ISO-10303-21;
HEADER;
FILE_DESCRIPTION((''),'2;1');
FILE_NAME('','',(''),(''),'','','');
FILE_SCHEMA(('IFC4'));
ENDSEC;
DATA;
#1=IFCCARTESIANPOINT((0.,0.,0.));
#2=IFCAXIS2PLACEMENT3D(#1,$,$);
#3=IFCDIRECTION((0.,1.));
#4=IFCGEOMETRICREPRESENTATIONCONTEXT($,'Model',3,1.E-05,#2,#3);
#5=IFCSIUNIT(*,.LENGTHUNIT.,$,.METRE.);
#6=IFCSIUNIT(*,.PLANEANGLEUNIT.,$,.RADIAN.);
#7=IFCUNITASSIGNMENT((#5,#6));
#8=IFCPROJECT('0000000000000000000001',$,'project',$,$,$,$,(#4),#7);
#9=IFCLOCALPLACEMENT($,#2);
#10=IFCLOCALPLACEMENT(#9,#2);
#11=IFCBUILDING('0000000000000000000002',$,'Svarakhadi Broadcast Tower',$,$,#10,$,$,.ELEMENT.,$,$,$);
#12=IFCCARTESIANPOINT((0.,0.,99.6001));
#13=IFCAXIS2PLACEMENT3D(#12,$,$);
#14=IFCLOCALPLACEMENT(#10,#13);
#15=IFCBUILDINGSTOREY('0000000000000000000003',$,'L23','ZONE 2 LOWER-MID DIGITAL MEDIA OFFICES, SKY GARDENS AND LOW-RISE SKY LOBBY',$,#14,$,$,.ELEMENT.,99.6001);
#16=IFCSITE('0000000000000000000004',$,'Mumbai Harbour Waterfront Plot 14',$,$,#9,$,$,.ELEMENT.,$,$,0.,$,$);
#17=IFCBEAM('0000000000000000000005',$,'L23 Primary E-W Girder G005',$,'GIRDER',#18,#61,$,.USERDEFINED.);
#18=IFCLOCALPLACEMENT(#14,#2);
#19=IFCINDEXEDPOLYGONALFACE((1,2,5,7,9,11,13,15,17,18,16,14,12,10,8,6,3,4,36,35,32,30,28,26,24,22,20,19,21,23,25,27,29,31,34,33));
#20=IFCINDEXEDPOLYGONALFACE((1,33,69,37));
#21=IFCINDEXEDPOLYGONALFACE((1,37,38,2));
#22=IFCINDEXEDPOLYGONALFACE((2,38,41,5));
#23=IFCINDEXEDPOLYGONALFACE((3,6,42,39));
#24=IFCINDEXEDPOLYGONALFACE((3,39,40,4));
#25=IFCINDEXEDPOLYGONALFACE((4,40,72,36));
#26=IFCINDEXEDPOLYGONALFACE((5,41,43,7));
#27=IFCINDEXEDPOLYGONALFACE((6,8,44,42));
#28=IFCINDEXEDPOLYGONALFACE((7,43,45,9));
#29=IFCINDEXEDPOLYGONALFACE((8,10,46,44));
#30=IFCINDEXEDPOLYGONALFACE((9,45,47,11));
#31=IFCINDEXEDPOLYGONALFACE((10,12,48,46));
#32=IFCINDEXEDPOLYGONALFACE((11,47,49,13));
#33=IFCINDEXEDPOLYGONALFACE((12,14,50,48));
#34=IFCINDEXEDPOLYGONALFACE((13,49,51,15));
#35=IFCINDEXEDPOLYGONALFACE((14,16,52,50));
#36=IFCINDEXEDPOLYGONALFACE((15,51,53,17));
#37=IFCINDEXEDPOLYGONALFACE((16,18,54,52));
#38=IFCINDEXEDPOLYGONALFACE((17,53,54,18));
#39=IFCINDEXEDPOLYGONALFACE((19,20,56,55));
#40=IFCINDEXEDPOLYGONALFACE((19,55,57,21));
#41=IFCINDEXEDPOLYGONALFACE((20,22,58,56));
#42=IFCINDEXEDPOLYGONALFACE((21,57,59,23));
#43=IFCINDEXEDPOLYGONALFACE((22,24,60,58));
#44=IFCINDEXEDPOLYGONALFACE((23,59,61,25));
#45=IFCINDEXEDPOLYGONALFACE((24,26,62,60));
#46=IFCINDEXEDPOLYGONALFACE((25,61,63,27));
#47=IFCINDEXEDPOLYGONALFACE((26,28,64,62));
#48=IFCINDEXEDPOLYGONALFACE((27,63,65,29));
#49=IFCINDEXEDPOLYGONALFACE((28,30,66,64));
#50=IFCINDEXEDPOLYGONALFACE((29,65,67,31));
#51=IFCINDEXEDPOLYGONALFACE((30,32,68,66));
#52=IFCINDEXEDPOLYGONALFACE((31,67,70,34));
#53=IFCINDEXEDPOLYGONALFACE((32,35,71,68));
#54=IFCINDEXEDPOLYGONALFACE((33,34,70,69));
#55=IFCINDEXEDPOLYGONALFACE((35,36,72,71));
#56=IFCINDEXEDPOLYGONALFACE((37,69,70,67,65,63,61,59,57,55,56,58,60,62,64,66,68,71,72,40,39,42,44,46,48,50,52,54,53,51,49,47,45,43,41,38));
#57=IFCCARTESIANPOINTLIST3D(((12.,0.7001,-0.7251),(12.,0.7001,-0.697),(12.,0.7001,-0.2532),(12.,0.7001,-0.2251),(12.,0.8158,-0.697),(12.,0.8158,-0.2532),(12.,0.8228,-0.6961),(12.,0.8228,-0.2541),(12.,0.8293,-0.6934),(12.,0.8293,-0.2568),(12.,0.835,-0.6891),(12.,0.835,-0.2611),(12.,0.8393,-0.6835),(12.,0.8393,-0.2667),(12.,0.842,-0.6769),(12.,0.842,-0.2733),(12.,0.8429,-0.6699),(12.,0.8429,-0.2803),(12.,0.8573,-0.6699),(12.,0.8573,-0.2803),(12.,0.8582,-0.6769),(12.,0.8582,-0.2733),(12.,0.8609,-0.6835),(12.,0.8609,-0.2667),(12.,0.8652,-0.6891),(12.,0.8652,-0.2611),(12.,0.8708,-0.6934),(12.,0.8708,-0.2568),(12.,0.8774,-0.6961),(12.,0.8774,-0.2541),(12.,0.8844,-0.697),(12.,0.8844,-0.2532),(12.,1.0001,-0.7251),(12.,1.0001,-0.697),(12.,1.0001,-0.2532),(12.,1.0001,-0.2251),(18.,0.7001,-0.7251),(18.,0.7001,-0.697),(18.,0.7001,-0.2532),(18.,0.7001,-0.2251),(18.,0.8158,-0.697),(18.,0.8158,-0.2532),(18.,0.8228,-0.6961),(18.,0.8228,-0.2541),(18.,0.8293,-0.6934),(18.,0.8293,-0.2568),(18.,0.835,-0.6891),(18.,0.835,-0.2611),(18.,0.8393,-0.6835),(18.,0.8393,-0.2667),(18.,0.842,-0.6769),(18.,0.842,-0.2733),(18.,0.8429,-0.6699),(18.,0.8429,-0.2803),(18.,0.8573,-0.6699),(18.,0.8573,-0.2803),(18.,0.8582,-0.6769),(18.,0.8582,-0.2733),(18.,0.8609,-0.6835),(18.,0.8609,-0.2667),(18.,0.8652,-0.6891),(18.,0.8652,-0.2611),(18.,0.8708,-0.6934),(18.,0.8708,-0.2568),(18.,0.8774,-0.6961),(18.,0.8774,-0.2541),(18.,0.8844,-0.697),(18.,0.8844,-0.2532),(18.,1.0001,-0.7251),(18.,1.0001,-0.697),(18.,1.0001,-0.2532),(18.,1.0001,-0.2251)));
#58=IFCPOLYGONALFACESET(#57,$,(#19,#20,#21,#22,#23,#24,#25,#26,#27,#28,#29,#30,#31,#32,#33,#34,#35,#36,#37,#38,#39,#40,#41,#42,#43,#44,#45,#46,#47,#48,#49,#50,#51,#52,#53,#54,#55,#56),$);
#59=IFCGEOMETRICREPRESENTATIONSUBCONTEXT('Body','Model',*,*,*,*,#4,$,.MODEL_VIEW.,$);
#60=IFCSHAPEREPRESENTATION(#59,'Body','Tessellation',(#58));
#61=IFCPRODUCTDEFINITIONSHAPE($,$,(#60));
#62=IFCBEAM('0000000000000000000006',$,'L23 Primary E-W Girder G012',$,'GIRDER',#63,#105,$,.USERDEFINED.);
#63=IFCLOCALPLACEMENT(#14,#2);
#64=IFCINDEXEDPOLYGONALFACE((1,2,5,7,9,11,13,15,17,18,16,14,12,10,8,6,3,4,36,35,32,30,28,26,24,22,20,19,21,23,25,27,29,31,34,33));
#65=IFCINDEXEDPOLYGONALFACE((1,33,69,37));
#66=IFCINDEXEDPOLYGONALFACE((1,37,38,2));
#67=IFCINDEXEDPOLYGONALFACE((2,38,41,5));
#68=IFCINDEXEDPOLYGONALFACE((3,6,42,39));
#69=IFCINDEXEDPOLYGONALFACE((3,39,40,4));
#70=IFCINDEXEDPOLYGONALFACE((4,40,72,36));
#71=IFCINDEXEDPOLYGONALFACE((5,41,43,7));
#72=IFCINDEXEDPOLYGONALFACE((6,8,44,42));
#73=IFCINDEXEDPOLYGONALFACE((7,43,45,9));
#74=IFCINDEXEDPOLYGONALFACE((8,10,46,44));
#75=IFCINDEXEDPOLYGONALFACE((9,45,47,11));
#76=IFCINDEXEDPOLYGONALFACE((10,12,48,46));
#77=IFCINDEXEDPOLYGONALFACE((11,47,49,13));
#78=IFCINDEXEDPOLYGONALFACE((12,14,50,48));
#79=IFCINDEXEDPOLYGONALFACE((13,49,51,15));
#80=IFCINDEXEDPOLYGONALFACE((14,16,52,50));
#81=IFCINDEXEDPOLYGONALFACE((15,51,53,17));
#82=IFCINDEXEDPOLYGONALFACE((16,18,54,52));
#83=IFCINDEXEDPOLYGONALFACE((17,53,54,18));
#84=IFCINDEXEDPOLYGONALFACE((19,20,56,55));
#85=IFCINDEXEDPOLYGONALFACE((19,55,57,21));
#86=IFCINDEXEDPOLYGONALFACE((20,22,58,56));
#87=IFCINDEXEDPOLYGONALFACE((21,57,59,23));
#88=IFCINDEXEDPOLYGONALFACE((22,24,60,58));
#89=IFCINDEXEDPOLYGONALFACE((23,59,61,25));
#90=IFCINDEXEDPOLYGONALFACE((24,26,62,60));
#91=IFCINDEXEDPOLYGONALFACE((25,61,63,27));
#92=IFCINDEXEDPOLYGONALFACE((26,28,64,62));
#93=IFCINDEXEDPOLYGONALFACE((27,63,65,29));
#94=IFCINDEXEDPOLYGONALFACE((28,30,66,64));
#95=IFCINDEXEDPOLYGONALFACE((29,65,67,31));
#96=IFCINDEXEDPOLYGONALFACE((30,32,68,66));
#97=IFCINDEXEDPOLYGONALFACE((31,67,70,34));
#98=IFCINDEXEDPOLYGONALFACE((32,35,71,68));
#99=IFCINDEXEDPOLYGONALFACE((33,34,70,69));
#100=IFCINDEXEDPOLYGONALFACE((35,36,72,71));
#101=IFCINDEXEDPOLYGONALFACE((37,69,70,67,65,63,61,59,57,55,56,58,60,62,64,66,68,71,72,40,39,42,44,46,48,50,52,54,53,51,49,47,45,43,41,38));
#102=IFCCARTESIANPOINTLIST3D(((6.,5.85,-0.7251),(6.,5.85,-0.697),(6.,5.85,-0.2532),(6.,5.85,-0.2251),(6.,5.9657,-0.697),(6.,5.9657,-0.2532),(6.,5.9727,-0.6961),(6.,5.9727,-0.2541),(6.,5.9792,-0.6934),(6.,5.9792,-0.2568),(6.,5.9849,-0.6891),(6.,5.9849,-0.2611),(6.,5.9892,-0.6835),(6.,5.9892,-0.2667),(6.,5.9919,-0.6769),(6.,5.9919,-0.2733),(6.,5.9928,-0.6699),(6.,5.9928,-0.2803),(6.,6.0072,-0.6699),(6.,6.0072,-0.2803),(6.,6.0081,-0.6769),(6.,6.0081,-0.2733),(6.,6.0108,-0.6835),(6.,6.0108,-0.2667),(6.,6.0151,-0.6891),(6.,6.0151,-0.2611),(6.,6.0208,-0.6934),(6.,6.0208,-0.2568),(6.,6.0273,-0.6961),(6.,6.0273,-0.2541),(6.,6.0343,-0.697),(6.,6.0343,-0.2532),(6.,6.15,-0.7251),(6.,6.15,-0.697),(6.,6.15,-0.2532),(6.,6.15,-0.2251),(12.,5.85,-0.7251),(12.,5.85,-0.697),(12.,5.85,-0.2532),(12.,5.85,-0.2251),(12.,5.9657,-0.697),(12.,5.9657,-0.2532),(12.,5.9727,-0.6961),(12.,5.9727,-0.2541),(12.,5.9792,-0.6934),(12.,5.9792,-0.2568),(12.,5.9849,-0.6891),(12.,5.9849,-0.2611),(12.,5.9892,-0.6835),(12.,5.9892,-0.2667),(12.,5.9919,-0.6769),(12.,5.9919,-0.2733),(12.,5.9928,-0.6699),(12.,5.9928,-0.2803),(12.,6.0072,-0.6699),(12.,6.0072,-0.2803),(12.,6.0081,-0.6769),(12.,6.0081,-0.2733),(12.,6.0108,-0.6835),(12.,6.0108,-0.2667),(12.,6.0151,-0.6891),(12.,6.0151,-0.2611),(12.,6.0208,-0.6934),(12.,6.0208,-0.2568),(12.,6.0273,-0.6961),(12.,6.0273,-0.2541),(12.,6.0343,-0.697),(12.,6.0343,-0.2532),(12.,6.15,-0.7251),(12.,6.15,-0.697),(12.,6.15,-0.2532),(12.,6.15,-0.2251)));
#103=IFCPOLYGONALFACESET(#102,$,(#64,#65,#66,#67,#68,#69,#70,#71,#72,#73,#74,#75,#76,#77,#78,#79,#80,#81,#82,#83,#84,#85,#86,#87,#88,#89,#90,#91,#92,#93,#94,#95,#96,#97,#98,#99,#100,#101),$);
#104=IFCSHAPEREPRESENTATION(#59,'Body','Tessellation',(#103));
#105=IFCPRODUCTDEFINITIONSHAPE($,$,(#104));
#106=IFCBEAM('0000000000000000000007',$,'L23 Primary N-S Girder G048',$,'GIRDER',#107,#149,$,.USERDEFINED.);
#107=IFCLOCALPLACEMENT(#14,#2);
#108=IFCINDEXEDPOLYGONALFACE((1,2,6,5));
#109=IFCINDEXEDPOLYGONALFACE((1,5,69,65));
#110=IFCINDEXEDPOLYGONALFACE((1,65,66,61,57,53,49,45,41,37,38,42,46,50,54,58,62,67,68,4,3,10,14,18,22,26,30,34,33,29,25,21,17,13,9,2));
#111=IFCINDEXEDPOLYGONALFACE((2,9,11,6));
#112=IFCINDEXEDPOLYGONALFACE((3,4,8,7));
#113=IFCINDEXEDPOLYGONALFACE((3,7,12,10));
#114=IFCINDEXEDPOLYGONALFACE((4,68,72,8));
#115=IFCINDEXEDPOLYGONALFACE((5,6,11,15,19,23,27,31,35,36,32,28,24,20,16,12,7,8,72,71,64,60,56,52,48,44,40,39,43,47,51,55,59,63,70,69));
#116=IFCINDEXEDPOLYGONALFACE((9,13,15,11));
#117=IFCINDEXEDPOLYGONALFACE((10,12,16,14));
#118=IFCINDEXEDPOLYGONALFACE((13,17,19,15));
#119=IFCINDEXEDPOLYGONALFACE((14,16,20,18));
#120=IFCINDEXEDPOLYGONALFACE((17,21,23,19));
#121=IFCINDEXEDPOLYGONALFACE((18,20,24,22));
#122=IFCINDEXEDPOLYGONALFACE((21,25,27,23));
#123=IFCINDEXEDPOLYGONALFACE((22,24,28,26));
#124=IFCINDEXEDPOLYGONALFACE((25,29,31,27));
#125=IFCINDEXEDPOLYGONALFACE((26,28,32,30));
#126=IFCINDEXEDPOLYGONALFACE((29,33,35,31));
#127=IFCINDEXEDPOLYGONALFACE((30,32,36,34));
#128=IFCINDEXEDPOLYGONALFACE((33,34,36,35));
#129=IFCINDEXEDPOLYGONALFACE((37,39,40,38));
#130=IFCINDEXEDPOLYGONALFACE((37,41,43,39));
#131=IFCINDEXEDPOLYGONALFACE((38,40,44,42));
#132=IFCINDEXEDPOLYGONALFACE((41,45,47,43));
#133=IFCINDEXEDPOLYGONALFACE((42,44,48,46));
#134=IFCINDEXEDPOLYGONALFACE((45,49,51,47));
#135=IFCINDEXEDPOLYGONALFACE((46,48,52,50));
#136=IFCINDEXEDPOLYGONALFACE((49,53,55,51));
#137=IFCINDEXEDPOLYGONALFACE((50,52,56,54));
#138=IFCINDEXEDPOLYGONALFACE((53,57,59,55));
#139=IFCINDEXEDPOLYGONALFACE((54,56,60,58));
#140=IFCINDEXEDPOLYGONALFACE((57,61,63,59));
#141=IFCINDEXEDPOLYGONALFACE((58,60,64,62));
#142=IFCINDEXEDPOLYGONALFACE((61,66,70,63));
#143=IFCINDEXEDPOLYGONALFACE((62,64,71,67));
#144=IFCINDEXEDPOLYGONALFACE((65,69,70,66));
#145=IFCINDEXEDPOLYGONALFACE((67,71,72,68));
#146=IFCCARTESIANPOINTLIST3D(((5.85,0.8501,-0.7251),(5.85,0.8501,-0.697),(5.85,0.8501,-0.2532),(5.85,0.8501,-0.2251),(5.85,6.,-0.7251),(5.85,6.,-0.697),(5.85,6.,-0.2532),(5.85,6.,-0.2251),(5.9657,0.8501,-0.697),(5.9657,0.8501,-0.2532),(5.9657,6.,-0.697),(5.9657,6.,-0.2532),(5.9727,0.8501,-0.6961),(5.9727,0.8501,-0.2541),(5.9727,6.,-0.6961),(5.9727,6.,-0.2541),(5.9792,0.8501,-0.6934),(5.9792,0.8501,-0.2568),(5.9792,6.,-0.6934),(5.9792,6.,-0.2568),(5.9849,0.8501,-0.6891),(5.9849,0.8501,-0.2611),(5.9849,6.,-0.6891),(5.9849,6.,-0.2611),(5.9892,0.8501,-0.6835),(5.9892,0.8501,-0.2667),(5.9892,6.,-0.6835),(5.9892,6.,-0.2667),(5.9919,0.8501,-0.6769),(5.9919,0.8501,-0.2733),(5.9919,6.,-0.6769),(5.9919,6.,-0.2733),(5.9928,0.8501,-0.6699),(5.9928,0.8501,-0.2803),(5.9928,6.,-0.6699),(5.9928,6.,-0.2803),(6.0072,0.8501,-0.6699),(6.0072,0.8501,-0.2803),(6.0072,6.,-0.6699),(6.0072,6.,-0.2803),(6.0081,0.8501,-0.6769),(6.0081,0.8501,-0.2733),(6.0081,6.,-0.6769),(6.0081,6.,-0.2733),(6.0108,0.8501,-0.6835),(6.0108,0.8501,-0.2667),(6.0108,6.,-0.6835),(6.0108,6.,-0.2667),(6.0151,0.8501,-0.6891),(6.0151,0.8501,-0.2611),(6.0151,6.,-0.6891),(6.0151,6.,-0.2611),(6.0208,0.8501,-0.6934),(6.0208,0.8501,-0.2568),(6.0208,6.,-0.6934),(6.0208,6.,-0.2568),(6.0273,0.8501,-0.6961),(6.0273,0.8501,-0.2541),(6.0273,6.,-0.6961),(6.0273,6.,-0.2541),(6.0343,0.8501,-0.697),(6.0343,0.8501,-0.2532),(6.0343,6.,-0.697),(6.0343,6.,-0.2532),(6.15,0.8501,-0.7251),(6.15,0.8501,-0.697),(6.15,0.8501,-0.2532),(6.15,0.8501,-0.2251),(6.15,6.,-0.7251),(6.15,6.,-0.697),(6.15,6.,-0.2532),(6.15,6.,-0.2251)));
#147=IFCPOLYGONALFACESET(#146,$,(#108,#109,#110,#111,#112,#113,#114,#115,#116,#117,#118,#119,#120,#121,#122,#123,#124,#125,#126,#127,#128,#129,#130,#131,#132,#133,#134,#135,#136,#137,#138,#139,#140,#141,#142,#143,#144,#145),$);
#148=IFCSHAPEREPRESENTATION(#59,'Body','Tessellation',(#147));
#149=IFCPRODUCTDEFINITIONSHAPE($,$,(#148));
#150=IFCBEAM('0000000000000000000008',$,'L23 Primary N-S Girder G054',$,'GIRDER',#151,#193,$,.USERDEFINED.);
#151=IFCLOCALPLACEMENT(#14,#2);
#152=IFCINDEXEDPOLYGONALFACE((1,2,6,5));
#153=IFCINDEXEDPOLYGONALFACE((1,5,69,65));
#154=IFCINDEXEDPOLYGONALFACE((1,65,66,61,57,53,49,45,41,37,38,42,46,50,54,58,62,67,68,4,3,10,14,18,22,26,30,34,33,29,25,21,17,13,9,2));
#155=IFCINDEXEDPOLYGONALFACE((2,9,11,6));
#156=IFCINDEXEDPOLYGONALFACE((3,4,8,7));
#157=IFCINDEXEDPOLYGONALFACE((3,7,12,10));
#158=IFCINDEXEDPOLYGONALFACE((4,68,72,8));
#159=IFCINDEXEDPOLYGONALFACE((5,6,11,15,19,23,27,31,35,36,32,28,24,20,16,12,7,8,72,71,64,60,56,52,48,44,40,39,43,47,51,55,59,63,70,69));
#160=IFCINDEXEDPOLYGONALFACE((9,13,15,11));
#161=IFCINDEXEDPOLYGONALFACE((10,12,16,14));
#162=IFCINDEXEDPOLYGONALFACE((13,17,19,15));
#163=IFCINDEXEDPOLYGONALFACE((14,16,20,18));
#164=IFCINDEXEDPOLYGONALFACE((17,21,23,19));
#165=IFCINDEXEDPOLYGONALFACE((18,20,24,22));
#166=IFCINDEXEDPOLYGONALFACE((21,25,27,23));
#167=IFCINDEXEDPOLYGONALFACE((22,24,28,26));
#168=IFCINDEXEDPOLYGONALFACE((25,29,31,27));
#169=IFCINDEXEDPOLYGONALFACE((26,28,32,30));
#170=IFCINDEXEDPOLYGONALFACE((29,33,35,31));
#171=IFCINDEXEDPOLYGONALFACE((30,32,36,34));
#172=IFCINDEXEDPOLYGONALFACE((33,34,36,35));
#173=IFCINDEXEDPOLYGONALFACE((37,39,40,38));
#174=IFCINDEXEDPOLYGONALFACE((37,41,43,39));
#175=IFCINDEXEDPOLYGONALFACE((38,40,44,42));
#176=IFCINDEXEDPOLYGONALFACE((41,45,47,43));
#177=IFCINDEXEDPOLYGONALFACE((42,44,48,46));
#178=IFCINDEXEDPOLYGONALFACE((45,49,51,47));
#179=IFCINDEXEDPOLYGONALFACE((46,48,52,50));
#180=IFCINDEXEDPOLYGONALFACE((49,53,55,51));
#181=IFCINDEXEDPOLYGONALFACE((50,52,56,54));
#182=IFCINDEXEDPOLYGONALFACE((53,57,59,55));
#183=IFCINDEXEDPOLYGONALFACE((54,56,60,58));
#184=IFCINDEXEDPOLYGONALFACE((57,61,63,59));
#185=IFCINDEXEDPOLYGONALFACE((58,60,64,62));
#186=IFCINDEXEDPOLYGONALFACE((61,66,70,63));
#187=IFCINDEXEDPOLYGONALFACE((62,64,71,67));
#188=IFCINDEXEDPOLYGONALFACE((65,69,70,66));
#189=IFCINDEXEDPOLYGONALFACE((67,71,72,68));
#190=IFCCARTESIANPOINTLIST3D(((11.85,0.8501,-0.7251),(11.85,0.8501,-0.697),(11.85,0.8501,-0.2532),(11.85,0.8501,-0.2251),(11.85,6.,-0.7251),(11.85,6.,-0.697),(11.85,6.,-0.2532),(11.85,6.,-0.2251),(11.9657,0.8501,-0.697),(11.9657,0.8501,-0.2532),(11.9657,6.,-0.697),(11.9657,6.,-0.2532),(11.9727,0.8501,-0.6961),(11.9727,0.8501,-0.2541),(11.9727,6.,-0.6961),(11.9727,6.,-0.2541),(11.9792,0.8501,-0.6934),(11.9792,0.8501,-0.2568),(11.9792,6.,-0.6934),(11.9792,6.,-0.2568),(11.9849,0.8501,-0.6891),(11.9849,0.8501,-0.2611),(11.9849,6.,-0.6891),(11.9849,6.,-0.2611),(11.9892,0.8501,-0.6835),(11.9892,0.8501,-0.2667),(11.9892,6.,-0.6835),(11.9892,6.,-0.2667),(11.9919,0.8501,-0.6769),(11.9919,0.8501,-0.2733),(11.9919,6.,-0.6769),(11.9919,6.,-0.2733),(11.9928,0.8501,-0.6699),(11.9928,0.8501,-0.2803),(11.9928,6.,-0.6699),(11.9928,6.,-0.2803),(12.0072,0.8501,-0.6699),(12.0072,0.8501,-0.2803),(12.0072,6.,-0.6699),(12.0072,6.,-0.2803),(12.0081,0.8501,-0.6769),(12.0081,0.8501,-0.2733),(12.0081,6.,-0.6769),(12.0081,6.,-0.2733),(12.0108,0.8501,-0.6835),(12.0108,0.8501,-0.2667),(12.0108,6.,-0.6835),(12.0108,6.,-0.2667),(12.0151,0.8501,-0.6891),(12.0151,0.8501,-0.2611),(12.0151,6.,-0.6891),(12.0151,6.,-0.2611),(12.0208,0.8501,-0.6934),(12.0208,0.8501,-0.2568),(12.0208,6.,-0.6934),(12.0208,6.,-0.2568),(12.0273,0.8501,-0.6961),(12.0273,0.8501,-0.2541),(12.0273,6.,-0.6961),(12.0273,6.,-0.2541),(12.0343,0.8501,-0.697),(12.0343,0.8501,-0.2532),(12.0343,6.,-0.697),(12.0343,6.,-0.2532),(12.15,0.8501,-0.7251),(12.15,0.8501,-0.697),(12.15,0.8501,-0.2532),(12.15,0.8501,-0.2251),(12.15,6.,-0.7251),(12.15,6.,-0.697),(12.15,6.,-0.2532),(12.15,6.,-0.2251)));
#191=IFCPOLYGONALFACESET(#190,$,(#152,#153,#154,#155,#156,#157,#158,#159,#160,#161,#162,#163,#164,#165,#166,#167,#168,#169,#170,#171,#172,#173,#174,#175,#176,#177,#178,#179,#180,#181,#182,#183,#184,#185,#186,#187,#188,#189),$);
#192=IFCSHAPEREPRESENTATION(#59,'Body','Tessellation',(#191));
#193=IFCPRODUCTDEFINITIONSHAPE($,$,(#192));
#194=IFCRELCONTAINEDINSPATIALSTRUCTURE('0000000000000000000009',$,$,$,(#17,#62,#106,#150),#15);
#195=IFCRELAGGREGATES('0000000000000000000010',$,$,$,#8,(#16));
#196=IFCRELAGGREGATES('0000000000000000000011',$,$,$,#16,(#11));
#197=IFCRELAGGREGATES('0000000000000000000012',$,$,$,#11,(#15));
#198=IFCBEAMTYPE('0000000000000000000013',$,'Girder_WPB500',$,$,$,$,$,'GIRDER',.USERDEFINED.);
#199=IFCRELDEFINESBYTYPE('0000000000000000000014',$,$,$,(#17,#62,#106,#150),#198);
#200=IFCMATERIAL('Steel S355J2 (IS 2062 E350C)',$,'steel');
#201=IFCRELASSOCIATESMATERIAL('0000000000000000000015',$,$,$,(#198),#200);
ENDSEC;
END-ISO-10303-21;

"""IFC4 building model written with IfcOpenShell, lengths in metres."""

from ifc_helpers import new_model, si_unit, direction, frame, origin, origin_2d, place, context, subcontext, project, spatial, i_section, extrude, material, material_profile, profile_set, type_object, element, save


model = new_model("IFC4")

# Units and contexts
model_context = context("Model", 3, precision=1e-05, world=origin(), true_north=direction((0.0, 1.0)))
body_context = subcontext(model_context, "Body", "Model", "MODEL_VIEW")
ifc_project = project(units=[si_unit("LENGTHUNIT", "METRE"), si_unit("PLANEANGLEUNIT", "RADIAN")], contexts=[model_context])

# Site, building, storey
site_placement = place(None, origin())
site = spatial("IfcSite", under=ifc_project, at=site_placement, Name="Mumbai Harbour Waterfront Plot 14", CompositionType="ELEMENT", RefElevation=0.0)
building_placement = place(site_placement, origin())
building = spatial("IfcBuilding", under=site, at=building_placement, Name="Svarakhadi Broadcast Tower", CompositionType="ELEMENT")
storey_placement = place(building_placement, frame((0.0, 0.0, 99.6001)))
storey = spatial("IfcBuildingStorey", under=building, at=storey_placement, Name="L23", Description="ZONE 2 LOWER-MID DIGITAL MEDIA OFFICES, SKY GARDENS AND LOW-RISE SKY LOBBY", CompositionType="ELEMENT", Elevation=99.6001)

# Shared definitions
ifc_material_1 = material(Name="Steel S355J2 (IS 2062 E350C)", Category="steel")

# Beams
ifc_material_profile_1 = material_profile(ifc_material_1, i_section(OverallWidth=0.3, OverallDepth=0.5, WebThickness=0.0144, FlangeThickness=0.0281, FilletRadius=0.0271, at=origin_2d()), Name="WPB 500x300x187")
ifc_profile_set_1 = profile_set([ifc_material_profile_1], Name="Steel S355J2 (IS 2062 E350C)")
beam_type_1 = type_object("IfcBeamType", Name="Girder_WPB500", ElementType="GIRDER", PredefinedType="USERDEFINED", material=ifc_profile_set_1)
for number, where, z_axis, x_axis, name in (
    (1, (12.0, 0.8501, -0.4751), (1.0, 0.0, 0.0), (0.0, 1.0, 0.0), "L23 Primary E-W Girder G005"),
    (2, (6.0, 6.0, -0.4751), (1.0, 0.0, 0.0), (0.0, 1.0, 0.0), "L23 Primary E-W Girder G012"),
):
    element("IfcBeam", number, at=place(storey_placement, frame(where, z_axis=z_axis, x_axis=x_axis)), inside=storey, type_object=beam_type_1, Name=name, ObjectType="GIRDER", PredefinedType="USERDEFINED", context=body_context, shape_type="SweptSolid", body=[
        extrude(i_section(OverallWidth=0.3, OverallDepth=0.5, WebThickness=0.0144, FlangeThickness=0.0281, FilletRadius=0.0271, at=origin_2d()), origin(), (0.0, 0.0, 1.0), 6.0),
    ])
for number, where, z_axis, x_axis, name in (
    (3, (6.0, 0.8501, -0.4751), (0.0, 1.0, 0.0), (-1.0, 0.0, 0.0), "L23 Primary N-S Girder G048"),
    (4, (12.0, 0.8501, -0.4751), (0.0, 1.0, 0.0), (-1.0, 0.0, 0.0), "L23 Primary N-S Girder G054"),
):
    element("IfcBeam", number, at=place(storey_placement, frame(where, z_axis=z_axis, x_axis=x_axis)), inside=storey, type_object=beam_type_1, Name=name, ObjectType="GIRDER", PredefinedType="USERDEFINED", context=body_context, shape_type="SweptSolid", body=[
        extrude(i_section(OverallWidth=0.3, OverallDepth=0.5, WebThickness=0.0144, FlangeThickness=0.0281, FilletRadius=0.0271, at=origin_2d()), origin(), (0.0, 0.0, 1.0), 5.1499),
    ])

save(model, "model.ifc")
